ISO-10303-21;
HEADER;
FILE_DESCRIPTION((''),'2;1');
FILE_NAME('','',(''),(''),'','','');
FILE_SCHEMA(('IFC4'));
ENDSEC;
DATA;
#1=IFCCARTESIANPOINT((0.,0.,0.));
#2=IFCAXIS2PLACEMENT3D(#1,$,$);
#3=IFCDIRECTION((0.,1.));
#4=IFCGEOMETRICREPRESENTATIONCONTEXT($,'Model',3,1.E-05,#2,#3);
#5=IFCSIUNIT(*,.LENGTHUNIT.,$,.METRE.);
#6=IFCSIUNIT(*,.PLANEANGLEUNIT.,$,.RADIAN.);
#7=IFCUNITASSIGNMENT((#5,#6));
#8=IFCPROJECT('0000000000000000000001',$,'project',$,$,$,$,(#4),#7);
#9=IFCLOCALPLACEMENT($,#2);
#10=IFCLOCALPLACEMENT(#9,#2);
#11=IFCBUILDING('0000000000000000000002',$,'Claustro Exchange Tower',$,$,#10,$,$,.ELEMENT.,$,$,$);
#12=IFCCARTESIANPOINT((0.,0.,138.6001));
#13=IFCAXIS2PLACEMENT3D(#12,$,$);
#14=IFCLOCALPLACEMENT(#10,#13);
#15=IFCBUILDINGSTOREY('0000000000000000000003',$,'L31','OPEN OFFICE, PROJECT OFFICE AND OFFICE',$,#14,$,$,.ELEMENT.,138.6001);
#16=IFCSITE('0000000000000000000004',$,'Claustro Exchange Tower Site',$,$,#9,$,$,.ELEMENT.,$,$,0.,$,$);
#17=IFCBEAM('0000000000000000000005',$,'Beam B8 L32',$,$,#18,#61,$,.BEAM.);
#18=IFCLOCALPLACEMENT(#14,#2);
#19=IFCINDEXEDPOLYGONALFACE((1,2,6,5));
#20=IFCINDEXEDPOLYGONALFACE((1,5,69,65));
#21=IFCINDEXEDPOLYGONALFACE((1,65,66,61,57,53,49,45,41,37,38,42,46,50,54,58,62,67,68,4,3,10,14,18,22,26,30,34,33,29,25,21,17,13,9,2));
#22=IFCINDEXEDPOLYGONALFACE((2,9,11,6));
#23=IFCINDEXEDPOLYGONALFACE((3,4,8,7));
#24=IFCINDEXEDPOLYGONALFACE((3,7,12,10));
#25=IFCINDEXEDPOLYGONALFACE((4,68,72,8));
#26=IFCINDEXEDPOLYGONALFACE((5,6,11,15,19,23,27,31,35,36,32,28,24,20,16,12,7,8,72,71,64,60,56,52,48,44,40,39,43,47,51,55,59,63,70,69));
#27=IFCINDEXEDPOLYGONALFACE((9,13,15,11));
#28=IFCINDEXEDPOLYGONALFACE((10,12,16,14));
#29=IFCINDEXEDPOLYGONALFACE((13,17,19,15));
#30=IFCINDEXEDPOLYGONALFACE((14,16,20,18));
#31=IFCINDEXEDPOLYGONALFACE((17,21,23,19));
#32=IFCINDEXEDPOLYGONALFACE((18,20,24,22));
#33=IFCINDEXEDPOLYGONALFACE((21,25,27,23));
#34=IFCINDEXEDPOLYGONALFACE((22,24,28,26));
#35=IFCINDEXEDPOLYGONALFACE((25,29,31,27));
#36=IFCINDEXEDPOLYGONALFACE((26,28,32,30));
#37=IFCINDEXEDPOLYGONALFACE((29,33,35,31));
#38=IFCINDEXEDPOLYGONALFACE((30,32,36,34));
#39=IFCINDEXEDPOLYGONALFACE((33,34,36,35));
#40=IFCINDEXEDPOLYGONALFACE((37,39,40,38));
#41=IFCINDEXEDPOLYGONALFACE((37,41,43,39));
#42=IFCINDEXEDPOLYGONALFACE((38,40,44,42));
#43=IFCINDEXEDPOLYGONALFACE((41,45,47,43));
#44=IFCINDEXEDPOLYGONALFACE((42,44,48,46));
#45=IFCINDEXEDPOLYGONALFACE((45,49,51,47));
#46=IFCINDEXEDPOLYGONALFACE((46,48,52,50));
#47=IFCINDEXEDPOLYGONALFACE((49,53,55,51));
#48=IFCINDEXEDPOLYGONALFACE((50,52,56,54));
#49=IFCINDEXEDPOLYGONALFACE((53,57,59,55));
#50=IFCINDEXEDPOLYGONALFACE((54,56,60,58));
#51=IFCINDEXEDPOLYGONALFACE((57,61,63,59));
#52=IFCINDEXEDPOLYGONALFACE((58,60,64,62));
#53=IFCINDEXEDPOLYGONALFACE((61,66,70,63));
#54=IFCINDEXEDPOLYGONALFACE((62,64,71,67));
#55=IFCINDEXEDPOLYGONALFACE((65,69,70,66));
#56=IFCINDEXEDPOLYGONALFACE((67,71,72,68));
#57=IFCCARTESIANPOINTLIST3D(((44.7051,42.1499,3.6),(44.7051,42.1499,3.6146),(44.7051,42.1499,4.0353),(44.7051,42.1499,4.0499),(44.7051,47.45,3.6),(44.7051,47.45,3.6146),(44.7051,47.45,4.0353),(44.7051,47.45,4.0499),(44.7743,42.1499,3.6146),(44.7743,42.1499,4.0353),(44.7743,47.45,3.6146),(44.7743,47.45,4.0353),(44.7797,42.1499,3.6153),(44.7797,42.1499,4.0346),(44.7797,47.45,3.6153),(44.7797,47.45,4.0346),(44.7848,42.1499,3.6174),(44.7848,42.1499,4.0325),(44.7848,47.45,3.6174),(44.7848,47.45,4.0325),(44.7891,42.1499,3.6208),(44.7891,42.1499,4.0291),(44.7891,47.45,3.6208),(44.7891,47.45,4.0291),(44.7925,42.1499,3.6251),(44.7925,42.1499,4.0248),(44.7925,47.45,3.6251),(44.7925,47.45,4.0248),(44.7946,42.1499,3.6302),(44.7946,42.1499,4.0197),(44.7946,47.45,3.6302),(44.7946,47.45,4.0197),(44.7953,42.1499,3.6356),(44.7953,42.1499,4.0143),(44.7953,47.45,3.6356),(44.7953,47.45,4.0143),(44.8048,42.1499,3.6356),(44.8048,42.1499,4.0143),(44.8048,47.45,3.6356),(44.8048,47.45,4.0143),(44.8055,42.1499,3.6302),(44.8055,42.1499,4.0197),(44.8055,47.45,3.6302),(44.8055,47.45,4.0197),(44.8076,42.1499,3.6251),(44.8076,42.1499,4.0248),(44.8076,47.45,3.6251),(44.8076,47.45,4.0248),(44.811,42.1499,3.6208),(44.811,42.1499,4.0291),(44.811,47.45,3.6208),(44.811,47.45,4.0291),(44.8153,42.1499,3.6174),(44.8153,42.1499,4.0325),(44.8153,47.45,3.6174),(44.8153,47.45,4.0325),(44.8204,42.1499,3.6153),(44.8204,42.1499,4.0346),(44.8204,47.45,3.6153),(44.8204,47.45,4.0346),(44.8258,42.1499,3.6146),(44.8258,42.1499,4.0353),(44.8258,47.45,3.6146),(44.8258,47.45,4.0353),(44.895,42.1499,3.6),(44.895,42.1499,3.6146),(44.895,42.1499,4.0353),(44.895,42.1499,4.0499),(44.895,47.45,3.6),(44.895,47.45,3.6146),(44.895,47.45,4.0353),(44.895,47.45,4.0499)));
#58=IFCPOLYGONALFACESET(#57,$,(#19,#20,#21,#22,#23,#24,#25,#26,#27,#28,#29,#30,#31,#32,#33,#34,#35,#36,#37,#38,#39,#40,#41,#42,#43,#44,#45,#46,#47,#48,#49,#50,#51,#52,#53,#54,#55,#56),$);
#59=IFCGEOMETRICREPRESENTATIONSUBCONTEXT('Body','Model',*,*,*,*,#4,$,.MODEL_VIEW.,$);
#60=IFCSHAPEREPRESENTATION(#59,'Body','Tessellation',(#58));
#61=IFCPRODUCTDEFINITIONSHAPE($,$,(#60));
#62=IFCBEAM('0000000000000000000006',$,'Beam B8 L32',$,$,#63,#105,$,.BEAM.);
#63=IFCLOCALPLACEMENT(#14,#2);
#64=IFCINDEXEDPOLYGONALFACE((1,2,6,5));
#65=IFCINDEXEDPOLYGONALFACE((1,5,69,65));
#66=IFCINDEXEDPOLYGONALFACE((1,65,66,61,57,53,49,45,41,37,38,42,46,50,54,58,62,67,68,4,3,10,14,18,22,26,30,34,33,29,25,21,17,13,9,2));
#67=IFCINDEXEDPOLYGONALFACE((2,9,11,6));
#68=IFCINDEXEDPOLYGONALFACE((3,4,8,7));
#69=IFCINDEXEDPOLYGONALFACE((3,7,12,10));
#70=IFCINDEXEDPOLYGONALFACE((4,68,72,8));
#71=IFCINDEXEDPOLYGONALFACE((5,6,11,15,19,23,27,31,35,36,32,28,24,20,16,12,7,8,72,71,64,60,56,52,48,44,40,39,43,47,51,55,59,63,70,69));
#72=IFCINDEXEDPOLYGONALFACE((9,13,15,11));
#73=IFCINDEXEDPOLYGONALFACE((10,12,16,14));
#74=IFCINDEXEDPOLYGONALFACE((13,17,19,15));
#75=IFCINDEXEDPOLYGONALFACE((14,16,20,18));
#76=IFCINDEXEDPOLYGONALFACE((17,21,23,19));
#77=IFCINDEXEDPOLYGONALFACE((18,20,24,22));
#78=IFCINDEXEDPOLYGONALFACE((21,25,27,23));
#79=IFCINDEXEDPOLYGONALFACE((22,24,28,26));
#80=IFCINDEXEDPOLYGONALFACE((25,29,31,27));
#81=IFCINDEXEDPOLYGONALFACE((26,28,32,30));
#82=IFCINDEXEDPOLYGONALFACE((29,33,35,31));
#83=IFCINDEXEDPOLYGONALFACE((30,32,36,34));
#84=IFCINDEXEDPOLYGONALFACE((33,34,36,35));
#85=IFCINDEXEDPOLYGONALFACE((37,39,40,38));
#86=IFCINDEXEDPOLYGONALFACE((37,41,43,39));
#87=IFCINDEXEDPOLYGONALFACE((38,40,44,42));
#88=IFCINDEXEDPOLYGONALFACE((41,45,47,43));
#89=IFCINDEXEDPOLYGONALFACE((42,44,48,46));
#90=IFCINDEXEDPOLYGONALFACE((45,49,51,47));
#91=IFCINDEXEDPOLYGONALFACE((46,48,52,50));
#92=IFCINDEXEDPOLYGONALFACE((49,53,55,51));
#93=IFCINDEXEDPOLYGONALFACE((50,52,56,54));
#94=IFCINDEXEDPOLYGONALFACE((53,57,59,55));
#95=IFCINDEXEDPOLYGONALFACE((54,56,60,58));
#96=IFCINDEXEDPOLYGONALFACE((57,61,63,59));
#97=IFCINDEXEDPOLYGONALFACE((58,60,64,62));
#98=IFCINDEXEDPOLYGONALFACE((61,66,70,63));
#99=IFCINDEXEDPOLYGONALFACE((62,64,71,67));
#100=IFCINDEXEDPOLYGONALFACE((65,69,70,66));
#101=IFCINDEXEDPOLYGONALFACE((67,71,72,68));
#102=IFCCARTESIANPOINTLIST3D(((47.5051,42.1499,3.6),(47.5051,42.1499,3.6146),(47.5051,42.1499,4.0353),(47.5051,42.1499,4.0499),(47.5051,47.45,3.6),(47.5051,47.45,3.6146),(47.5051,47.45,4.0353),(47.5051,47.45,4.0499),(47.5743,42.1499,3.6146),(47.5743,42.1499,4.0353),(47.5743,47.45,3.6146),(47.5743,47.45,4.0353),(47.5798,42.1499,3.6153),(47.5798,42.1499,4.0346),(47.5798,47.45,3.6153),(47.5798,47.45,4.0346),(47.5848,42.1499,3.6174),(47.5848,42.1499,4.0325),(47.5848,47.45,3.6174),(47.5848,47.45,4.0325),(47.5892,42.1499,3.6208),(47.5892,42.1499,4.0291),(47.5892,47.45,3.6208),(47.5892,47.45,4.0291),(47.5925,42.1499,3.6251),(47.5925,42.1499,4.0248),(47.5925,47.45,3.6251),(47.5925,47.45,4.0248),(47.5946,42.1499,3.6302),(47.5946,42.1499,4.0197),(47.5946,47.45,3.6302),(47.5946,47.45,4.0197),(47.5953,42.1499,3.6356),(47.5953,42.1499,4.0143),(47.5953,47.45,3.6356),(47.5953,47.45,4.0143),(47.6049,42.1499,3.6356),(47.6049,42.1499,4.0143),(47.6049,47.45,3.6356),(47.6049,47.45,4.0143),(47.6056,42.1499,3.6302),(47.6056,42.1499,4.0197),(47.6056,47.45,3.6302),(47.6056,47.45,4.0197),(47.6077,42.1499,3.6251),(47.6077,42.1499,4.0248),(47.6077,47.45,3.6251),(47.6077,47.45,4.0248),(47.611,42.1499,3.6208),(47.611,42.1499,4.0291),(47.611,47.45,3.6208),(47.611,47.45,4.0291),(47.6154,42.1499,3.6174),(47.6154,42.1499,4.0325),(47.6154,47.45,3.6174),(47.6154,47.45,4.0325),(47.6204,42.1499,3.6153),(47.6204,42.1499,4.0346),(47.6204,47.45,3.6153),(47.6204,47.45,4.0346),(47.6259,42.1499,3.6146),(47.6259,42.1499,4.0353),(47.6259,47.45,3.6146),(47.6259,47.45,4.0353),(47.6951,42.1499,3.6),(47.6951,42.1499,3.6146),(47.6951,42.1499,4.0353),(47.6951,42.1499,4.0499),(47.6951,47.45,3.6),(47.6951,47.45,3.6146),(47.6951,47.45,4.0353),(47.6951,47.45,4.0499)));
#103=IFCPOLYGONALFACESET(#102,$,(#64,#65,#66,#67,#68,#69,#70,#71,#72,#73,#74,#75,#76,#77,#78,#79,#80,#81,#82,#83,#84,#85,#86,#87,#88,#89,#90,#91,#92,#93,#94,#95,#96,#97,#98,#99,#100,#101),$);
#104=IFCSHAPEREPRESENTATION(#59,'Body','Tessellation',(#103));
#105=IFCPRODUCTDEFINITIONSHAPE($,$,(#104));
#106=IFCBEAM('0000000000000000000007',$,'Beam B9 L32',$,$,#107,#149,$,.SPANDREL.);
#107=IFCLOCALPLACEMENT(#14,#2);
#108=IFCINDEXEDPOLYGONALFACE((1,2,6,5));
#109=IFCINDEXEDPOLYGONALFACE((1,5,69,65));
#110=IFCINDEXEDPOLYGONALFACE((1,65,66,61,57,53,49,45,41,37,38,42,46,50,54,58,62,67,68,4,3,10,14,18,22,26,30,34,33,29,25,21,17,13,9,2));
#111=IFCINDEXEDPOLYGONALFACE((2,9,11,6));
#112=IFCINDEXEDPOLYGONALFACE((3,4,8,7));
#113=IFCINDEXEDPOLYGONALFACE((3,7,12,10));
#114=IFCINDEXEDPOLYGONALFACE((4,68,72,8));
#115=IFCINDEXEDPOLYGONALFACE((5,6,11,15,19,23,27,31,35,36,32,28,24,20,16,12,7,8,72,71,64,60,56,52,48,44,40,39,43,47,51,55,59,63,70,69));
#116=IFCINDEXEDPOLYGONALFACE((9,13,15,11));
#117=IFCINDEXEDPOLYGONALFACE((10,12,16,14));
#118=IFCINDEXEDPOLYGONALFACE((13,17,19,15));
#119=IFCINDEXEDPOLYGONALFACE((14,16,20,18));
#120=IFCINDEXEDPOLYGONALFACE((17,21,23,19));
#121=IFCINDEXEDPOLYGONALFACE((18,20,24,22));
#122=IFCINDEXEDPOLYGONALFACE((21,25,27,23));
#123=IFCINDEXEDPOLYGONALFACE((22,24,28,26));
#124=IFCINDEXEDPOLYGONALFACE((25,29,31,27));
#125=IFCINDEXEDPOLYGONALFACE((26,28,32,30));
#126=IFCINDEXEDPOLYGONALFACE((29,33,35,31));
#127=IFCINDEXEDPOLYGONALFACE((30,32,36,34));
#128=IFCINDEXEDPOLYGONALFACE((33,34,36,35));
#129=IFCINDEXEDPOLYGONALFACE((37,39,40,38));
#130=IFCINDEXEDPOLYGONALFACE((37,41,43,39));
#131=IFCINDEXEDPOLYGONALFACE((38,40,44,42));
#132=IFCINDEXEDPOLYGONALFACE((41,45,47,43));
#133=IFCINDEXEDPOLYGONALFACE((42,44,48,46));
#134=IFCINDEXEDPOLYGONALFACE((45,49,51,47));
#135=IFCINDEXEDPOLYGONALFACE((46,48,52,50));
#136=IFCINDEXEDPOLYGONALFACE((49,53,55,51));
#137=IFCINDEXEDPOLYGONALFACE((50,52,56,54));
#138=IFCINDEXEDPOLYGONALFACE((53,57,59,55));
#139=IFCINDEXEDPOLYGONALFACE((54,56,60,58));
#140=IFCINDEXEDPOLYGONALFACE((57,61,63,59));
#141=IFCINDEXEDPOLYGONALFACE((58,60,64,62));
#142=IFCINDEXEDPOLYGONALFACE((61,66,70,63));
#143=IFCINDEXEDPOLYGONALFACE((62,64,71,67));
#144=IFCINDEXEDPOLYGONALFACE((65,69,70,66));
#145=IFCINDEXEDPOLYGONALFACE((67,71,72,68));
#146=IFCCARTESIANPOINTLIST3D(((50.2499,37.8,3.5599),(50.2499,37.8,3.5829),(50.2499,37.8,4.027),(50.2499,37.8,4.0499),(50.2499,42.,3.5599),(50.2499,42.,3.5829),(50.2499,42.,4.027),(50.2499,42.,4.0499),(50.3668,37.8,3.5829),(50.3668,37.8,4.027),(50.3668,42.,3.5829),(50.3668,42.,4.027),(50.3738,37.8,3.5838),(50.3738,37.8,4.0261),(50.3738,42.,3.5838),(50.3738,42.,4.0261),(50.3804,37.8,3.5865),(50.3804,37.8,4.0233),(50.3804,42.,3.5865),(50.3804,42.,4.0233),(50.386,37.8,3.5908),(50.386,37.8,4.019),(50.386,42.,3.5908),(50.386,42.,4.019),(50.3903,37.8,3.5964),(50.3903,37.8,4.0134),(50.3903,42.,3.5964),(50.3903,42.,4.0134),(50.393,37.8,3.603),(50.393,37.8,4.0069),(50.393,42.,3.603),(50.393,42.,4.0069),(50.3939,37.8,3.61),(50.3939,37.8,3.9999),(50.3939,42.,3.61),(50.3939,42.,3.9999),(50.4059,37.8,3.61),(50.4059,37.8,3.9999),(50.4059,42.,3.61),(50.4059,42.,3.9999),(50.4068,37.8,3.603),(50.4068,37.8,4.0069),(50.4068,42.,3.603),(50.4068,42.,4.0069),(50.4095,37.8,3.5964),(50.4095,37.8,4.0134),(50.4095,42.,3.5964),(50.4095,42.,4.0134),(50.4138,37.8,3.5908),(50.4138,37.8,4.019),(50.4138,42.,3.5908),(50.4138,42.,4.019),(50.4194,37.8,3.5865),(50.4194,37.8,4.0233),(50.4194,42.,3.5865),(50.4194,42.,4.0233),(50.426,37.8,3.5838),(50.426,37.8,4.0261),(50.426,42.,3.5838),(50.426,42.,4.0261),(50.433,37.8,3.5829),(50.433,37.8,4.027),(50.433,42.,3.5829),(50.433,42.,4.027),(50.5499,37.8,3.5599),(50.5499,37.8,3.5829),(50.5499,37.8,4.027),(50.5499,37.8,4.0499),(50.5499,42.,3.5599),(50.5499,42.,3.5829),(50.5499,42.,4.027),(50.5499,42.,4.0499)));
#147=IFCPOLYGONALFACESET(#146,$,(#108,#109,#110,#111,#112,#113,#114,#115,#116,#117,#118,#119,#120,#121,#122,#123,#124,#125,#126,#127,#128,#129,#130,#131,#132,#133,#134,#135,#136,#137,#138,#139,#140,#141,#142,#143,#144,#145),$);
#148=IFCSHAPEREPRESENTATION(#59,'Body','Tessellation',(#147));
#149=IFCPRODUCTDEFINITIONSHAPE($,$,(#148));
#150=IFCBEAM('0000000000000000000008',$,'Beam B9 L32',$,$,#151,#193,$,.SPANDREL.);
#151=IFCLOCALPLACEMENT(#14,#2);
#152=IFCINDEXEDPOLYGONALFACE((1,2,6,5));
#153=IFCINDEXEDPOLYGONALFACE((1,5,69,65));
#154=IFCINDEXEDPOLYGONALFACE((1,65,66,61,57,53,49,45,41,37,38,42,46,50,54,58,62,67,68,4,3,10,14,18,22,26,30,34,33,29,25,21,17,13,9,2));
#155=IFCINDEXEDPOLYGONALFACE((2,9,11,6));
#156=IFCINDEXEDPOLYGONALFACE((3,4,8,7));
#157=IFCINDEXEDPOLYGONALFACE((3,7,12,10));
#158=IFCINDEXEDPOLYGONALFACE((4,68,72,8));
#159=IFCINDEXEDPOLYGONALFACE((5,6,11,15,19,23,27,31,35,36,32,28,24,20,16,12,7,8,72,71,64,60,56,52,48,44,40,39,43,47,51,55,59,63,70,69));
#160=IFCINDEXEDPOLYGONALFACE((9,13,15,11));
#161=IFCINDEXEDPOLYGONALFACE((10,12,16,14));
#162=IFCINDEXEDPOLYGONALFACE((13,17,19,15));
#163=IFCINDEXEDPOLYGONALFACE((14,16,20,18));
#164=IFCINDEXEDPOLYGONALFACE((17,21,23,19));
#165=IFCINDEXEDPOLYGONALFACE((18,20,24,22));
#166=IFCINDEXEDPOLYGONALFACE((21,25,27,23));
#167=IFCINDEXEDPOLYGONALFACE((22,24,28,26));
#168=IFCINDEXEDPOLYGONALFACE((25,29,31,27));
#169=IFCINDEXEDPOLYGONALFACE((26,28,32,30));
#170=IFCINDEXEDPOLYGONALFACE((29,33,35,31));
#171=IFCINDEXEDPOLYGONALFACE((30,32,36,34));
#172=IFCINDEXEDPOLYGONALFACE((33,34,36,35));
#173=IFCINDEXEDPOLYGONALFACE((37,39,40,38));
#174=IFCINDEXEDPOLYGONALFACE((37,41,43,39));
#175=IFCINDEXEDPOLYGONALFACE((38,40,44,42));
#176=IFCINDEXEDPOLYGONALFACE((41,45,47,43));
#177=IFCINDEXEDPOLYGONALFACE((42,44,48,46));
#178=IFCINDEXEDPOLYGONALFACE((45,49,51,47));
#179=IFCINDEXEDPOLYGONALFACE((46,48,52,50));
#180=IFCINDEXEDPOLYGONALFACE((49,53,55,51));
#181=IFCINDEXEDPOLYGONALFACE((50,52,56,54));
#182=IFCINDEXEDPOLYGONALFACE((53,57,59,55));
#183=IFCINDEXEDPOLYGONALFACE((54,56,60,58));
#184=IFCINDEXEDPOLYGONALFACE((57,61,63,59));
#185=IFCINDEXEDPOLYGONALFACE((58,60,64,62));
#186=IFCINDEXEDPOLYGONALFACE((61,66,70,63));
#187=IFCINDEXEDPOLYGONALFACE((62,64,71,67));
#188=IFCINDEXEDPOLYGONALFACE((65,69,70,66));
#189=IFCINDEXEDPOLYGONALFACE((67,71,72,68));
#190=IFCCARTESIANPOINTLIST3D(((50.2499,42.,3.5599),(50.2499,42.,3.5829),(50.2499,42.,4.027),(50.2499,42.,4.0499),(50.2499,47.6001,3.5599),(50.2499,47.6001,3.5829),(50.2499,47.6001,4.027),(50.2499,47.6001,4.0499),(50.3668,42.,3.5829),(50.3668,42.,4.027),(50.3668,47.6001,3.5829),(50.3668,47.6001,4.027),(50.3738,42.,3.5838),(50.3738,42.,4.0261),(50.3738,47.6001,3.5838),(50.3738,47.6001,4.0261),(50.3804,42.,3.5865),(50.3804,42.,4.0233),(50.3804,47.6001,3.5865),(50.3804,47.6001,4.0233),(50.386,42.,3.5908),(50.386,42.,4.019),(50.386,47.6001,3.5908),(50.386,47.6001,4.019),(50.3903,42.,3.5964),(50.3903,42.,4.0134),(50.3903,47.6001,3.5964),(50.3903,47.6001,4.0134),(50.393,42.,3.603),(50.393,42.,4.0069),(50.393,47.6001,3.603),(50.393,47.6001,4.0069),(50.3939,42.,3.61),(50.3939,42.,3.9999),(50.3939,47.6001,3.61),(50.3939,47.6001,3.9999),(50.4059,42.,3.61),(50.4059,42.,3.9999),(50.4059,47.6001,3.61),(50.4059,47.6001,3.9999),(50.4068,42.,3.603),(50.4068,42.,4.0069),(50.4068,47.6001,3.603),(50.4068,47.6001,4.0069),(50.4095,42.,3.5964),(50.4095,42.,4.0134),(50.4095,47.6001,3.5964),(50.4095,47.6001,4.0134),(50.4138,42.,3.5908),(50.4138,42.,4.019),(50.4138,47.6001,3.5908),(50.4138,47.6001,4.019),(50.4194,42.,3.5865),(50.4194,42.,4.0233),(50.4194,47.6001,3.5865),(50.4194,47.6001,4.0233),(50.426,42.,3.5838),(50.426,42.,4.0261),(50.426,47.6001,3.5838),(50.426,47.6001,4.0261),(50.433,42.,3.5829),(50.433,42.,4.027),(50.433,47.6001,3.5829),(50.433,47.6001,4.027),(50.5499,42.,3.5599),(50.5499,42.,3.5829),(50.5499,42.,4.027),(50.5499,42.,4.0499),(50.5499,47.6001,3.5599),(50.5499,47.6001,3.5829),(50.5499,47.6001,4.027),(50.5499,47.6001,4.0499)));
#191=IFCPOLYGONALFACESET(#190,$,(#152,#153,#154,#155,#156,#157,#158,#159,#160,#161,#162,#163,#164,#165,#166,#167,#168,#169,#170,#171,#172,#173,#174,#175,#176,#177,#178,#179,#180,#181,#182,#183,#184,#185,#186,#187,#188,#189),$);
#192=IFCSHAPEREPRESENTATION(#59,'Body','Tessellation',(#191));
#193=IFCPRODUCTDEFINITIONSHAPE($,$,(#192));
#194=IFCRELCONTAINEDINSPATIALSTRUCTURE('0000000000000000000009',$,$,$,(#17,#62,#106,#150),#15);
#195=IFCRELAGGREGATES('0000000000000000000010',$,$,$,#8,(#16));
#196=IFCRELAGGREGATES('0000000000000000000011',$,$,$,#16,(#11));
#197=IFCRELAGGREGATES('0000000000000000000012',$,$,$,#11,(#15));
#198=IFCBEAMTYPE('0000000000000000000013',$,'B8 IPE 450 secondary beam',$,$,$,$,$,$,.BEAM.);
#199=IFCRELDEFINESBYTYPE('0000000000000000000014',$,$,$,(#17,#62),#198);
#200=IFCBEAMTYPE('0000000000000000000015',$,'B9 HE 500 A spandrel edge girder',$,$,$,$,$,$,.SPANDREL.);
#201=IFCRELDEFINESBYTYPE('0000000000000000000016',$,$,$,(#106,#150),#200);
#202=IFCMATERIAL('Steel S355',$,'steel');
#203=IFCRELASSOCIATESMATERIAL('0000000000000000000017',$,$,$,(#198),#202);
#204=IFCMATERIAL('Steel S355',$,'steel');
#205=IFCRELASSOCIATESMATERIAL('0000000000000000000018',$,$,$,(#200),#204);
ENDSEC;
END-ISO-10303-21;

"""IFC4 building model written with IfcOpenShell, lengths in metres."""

from ifc_helpers import new_model, si_unit, direction, frame, origin, origin_2d, place, context, subcontext, project, spatial, i_section, extrude, material, material_profile, profile_set, type_object, element, save


model = new_model("IFC4")

# Units and contexts
model_context = context("Model", 3, precision=1e-05, world=origin(), true_north=direction((0.0, 1.0)))
body_context = subcontext(model_context, "Body", "Model", "MODEL_VIEW")
ifc_project = project(units=[si_unit("LENGTHUNIT", "METRE"), si_unit("PLANEANGLEUNIT", "RADIAN")], contexts=[model_context])

# Site, building, storey
site_placement = place(None, origin())
site = spatial("IfcSite", under=ifc_project, at=site_placement, Name="Claustro Exchange Tower Site", CompositionType="ELEMENT", RefElevation=0.0)
building_placement = place(site_placement, origin())
building = spatial("IfcBuilding", under=site, at=building_placement, Name="Claustro Exchange Tower", CompositionType="ELEMENT")
storey_placement = place(building_placement, frame((0.0, 0.0, 138.6001)))
storey = spatial("IfcBuildingStorey", under=building, at=storey_placement, Name="L31", Description="OPEN OFFICE, PROJECT OFFICE AND OFFICE", CompositionType="ELEMENT", Elevation=138.6001)

# Beams
ifc_material_1 = material(Name="Steel S355", Category="steel")
ifc_material_profile_1 = material_profile(ifc_material_1, i_section(OverallWidth=0.1899, OverallDepth=0.45, WebThickness=0.0095, FlangeThickness=0.0146, FilletRadius=0.021, at=origin_2d()), Name="IPE 450")
ifc_profile_set_1 = profile_set([ifc_material_profile_1], Name="Steel S355")
beam_type_1 = type_object("IfcBeamType", Name="B8 IPE 450 secondary beam", PredefinedType="BEAM", material=ifc_profile_set_1)
for number, where, z_axis, x_axis, name in (
    (1, (44.8, 42.1499, 3.825), (0.0, 1.0, 0.0), (-1.0, 0.0, 0.0), "Beam B8 L32"),
    (2, (47.6001, 42.1499, 3.825), (0.0, 1.0, 0.0), (-1.0, 0.0, 0.0), "Beam B8 L32"),
):
    element("IfcBeam", number, at=place(storey_placement, frame(where, z_axis=z_axis, x_axis=x_axis)), inside=storey, type_object=beam_type_1, Name=name, PredefinedType="BEAM", context=body_context, shape_type="SweptSolid", body=[
        extrude(i_section(OverallWidth=0.1899, OverallDepth=0.45, WebThickness=0.0095, FlangeThickness=0.0146, FilletRadius=0.021, at=origin_2d()), origin(), (0.0, 0.0, 1.0), 5.3),
    ])
ifc_material_2 = material(Name="Steel S355", Category="steel")
ifc_material_profile_2 = material_profile(ifc_material_2, i_section(OverallWidth=0.3, OverallDepth=0.49, WebThickness=0.012, FlangeThickness=0.0229, FilletRadius=0.0271, at=origin_2d()), Name="HE 500 A")
ifc_profile_set_2 = profile_set([ifc_material_profile_2], Name="Steel S355")
beam_type_2 = type_object("IfcBeamType", Name="B9 HE 500 A spandrel edge girder", PredefinedType="SPANDREL", material=ifc_profile_set_2)
beam_1_placement = place(storey_placement, frame((50.3999, 37.8, 3.8049), z_axis=(0.0, 1.0, 0.0), x_axis=(-1.0, 0.0, 0.0)))
element("IfcBeam", 3, at=beam_1_placement, inside=storey, type_object=beam_type_2, Name="Beam B9 L32", PredefinedType="SPANDREL", context=body_context, shape_type="SweptSolid", body=[
    extrude(i_section(OverallWidth=0.3, OverallDepth=0.49, WebThickness=0.012, FlangeThickness=0.0229, FilletRadius=0.0271, at=origin_2d()), origin(), (0.0, 0.0, 1.0), 4.2),
])
beam_2_placement = place(storey_placement, frame((50.3999, 42.0, 3.8049), z_axis=(0.0, 1.0, 0.0), x_axis=(-1.0, 0.0, 0.0)))
element("IfcBeam", 4, at=beam_2_placement, inside=storey, type_object=beam_type_2, Name="Beam B9 L32", PredefinedType="SPANDREL", context=body_context, shape_type="SweptSolid", body=[
    extrude(i_section(OverallWidth=0.3, OverallDepth=0.49, WebThickness=0.012, FlangeThickness=0.0229, FilletRadius=0.0271, at=origin_2d()), origin(), (0.0, 0.0, 1.0), 5.6001),
])

save(model, "model.ifc")
